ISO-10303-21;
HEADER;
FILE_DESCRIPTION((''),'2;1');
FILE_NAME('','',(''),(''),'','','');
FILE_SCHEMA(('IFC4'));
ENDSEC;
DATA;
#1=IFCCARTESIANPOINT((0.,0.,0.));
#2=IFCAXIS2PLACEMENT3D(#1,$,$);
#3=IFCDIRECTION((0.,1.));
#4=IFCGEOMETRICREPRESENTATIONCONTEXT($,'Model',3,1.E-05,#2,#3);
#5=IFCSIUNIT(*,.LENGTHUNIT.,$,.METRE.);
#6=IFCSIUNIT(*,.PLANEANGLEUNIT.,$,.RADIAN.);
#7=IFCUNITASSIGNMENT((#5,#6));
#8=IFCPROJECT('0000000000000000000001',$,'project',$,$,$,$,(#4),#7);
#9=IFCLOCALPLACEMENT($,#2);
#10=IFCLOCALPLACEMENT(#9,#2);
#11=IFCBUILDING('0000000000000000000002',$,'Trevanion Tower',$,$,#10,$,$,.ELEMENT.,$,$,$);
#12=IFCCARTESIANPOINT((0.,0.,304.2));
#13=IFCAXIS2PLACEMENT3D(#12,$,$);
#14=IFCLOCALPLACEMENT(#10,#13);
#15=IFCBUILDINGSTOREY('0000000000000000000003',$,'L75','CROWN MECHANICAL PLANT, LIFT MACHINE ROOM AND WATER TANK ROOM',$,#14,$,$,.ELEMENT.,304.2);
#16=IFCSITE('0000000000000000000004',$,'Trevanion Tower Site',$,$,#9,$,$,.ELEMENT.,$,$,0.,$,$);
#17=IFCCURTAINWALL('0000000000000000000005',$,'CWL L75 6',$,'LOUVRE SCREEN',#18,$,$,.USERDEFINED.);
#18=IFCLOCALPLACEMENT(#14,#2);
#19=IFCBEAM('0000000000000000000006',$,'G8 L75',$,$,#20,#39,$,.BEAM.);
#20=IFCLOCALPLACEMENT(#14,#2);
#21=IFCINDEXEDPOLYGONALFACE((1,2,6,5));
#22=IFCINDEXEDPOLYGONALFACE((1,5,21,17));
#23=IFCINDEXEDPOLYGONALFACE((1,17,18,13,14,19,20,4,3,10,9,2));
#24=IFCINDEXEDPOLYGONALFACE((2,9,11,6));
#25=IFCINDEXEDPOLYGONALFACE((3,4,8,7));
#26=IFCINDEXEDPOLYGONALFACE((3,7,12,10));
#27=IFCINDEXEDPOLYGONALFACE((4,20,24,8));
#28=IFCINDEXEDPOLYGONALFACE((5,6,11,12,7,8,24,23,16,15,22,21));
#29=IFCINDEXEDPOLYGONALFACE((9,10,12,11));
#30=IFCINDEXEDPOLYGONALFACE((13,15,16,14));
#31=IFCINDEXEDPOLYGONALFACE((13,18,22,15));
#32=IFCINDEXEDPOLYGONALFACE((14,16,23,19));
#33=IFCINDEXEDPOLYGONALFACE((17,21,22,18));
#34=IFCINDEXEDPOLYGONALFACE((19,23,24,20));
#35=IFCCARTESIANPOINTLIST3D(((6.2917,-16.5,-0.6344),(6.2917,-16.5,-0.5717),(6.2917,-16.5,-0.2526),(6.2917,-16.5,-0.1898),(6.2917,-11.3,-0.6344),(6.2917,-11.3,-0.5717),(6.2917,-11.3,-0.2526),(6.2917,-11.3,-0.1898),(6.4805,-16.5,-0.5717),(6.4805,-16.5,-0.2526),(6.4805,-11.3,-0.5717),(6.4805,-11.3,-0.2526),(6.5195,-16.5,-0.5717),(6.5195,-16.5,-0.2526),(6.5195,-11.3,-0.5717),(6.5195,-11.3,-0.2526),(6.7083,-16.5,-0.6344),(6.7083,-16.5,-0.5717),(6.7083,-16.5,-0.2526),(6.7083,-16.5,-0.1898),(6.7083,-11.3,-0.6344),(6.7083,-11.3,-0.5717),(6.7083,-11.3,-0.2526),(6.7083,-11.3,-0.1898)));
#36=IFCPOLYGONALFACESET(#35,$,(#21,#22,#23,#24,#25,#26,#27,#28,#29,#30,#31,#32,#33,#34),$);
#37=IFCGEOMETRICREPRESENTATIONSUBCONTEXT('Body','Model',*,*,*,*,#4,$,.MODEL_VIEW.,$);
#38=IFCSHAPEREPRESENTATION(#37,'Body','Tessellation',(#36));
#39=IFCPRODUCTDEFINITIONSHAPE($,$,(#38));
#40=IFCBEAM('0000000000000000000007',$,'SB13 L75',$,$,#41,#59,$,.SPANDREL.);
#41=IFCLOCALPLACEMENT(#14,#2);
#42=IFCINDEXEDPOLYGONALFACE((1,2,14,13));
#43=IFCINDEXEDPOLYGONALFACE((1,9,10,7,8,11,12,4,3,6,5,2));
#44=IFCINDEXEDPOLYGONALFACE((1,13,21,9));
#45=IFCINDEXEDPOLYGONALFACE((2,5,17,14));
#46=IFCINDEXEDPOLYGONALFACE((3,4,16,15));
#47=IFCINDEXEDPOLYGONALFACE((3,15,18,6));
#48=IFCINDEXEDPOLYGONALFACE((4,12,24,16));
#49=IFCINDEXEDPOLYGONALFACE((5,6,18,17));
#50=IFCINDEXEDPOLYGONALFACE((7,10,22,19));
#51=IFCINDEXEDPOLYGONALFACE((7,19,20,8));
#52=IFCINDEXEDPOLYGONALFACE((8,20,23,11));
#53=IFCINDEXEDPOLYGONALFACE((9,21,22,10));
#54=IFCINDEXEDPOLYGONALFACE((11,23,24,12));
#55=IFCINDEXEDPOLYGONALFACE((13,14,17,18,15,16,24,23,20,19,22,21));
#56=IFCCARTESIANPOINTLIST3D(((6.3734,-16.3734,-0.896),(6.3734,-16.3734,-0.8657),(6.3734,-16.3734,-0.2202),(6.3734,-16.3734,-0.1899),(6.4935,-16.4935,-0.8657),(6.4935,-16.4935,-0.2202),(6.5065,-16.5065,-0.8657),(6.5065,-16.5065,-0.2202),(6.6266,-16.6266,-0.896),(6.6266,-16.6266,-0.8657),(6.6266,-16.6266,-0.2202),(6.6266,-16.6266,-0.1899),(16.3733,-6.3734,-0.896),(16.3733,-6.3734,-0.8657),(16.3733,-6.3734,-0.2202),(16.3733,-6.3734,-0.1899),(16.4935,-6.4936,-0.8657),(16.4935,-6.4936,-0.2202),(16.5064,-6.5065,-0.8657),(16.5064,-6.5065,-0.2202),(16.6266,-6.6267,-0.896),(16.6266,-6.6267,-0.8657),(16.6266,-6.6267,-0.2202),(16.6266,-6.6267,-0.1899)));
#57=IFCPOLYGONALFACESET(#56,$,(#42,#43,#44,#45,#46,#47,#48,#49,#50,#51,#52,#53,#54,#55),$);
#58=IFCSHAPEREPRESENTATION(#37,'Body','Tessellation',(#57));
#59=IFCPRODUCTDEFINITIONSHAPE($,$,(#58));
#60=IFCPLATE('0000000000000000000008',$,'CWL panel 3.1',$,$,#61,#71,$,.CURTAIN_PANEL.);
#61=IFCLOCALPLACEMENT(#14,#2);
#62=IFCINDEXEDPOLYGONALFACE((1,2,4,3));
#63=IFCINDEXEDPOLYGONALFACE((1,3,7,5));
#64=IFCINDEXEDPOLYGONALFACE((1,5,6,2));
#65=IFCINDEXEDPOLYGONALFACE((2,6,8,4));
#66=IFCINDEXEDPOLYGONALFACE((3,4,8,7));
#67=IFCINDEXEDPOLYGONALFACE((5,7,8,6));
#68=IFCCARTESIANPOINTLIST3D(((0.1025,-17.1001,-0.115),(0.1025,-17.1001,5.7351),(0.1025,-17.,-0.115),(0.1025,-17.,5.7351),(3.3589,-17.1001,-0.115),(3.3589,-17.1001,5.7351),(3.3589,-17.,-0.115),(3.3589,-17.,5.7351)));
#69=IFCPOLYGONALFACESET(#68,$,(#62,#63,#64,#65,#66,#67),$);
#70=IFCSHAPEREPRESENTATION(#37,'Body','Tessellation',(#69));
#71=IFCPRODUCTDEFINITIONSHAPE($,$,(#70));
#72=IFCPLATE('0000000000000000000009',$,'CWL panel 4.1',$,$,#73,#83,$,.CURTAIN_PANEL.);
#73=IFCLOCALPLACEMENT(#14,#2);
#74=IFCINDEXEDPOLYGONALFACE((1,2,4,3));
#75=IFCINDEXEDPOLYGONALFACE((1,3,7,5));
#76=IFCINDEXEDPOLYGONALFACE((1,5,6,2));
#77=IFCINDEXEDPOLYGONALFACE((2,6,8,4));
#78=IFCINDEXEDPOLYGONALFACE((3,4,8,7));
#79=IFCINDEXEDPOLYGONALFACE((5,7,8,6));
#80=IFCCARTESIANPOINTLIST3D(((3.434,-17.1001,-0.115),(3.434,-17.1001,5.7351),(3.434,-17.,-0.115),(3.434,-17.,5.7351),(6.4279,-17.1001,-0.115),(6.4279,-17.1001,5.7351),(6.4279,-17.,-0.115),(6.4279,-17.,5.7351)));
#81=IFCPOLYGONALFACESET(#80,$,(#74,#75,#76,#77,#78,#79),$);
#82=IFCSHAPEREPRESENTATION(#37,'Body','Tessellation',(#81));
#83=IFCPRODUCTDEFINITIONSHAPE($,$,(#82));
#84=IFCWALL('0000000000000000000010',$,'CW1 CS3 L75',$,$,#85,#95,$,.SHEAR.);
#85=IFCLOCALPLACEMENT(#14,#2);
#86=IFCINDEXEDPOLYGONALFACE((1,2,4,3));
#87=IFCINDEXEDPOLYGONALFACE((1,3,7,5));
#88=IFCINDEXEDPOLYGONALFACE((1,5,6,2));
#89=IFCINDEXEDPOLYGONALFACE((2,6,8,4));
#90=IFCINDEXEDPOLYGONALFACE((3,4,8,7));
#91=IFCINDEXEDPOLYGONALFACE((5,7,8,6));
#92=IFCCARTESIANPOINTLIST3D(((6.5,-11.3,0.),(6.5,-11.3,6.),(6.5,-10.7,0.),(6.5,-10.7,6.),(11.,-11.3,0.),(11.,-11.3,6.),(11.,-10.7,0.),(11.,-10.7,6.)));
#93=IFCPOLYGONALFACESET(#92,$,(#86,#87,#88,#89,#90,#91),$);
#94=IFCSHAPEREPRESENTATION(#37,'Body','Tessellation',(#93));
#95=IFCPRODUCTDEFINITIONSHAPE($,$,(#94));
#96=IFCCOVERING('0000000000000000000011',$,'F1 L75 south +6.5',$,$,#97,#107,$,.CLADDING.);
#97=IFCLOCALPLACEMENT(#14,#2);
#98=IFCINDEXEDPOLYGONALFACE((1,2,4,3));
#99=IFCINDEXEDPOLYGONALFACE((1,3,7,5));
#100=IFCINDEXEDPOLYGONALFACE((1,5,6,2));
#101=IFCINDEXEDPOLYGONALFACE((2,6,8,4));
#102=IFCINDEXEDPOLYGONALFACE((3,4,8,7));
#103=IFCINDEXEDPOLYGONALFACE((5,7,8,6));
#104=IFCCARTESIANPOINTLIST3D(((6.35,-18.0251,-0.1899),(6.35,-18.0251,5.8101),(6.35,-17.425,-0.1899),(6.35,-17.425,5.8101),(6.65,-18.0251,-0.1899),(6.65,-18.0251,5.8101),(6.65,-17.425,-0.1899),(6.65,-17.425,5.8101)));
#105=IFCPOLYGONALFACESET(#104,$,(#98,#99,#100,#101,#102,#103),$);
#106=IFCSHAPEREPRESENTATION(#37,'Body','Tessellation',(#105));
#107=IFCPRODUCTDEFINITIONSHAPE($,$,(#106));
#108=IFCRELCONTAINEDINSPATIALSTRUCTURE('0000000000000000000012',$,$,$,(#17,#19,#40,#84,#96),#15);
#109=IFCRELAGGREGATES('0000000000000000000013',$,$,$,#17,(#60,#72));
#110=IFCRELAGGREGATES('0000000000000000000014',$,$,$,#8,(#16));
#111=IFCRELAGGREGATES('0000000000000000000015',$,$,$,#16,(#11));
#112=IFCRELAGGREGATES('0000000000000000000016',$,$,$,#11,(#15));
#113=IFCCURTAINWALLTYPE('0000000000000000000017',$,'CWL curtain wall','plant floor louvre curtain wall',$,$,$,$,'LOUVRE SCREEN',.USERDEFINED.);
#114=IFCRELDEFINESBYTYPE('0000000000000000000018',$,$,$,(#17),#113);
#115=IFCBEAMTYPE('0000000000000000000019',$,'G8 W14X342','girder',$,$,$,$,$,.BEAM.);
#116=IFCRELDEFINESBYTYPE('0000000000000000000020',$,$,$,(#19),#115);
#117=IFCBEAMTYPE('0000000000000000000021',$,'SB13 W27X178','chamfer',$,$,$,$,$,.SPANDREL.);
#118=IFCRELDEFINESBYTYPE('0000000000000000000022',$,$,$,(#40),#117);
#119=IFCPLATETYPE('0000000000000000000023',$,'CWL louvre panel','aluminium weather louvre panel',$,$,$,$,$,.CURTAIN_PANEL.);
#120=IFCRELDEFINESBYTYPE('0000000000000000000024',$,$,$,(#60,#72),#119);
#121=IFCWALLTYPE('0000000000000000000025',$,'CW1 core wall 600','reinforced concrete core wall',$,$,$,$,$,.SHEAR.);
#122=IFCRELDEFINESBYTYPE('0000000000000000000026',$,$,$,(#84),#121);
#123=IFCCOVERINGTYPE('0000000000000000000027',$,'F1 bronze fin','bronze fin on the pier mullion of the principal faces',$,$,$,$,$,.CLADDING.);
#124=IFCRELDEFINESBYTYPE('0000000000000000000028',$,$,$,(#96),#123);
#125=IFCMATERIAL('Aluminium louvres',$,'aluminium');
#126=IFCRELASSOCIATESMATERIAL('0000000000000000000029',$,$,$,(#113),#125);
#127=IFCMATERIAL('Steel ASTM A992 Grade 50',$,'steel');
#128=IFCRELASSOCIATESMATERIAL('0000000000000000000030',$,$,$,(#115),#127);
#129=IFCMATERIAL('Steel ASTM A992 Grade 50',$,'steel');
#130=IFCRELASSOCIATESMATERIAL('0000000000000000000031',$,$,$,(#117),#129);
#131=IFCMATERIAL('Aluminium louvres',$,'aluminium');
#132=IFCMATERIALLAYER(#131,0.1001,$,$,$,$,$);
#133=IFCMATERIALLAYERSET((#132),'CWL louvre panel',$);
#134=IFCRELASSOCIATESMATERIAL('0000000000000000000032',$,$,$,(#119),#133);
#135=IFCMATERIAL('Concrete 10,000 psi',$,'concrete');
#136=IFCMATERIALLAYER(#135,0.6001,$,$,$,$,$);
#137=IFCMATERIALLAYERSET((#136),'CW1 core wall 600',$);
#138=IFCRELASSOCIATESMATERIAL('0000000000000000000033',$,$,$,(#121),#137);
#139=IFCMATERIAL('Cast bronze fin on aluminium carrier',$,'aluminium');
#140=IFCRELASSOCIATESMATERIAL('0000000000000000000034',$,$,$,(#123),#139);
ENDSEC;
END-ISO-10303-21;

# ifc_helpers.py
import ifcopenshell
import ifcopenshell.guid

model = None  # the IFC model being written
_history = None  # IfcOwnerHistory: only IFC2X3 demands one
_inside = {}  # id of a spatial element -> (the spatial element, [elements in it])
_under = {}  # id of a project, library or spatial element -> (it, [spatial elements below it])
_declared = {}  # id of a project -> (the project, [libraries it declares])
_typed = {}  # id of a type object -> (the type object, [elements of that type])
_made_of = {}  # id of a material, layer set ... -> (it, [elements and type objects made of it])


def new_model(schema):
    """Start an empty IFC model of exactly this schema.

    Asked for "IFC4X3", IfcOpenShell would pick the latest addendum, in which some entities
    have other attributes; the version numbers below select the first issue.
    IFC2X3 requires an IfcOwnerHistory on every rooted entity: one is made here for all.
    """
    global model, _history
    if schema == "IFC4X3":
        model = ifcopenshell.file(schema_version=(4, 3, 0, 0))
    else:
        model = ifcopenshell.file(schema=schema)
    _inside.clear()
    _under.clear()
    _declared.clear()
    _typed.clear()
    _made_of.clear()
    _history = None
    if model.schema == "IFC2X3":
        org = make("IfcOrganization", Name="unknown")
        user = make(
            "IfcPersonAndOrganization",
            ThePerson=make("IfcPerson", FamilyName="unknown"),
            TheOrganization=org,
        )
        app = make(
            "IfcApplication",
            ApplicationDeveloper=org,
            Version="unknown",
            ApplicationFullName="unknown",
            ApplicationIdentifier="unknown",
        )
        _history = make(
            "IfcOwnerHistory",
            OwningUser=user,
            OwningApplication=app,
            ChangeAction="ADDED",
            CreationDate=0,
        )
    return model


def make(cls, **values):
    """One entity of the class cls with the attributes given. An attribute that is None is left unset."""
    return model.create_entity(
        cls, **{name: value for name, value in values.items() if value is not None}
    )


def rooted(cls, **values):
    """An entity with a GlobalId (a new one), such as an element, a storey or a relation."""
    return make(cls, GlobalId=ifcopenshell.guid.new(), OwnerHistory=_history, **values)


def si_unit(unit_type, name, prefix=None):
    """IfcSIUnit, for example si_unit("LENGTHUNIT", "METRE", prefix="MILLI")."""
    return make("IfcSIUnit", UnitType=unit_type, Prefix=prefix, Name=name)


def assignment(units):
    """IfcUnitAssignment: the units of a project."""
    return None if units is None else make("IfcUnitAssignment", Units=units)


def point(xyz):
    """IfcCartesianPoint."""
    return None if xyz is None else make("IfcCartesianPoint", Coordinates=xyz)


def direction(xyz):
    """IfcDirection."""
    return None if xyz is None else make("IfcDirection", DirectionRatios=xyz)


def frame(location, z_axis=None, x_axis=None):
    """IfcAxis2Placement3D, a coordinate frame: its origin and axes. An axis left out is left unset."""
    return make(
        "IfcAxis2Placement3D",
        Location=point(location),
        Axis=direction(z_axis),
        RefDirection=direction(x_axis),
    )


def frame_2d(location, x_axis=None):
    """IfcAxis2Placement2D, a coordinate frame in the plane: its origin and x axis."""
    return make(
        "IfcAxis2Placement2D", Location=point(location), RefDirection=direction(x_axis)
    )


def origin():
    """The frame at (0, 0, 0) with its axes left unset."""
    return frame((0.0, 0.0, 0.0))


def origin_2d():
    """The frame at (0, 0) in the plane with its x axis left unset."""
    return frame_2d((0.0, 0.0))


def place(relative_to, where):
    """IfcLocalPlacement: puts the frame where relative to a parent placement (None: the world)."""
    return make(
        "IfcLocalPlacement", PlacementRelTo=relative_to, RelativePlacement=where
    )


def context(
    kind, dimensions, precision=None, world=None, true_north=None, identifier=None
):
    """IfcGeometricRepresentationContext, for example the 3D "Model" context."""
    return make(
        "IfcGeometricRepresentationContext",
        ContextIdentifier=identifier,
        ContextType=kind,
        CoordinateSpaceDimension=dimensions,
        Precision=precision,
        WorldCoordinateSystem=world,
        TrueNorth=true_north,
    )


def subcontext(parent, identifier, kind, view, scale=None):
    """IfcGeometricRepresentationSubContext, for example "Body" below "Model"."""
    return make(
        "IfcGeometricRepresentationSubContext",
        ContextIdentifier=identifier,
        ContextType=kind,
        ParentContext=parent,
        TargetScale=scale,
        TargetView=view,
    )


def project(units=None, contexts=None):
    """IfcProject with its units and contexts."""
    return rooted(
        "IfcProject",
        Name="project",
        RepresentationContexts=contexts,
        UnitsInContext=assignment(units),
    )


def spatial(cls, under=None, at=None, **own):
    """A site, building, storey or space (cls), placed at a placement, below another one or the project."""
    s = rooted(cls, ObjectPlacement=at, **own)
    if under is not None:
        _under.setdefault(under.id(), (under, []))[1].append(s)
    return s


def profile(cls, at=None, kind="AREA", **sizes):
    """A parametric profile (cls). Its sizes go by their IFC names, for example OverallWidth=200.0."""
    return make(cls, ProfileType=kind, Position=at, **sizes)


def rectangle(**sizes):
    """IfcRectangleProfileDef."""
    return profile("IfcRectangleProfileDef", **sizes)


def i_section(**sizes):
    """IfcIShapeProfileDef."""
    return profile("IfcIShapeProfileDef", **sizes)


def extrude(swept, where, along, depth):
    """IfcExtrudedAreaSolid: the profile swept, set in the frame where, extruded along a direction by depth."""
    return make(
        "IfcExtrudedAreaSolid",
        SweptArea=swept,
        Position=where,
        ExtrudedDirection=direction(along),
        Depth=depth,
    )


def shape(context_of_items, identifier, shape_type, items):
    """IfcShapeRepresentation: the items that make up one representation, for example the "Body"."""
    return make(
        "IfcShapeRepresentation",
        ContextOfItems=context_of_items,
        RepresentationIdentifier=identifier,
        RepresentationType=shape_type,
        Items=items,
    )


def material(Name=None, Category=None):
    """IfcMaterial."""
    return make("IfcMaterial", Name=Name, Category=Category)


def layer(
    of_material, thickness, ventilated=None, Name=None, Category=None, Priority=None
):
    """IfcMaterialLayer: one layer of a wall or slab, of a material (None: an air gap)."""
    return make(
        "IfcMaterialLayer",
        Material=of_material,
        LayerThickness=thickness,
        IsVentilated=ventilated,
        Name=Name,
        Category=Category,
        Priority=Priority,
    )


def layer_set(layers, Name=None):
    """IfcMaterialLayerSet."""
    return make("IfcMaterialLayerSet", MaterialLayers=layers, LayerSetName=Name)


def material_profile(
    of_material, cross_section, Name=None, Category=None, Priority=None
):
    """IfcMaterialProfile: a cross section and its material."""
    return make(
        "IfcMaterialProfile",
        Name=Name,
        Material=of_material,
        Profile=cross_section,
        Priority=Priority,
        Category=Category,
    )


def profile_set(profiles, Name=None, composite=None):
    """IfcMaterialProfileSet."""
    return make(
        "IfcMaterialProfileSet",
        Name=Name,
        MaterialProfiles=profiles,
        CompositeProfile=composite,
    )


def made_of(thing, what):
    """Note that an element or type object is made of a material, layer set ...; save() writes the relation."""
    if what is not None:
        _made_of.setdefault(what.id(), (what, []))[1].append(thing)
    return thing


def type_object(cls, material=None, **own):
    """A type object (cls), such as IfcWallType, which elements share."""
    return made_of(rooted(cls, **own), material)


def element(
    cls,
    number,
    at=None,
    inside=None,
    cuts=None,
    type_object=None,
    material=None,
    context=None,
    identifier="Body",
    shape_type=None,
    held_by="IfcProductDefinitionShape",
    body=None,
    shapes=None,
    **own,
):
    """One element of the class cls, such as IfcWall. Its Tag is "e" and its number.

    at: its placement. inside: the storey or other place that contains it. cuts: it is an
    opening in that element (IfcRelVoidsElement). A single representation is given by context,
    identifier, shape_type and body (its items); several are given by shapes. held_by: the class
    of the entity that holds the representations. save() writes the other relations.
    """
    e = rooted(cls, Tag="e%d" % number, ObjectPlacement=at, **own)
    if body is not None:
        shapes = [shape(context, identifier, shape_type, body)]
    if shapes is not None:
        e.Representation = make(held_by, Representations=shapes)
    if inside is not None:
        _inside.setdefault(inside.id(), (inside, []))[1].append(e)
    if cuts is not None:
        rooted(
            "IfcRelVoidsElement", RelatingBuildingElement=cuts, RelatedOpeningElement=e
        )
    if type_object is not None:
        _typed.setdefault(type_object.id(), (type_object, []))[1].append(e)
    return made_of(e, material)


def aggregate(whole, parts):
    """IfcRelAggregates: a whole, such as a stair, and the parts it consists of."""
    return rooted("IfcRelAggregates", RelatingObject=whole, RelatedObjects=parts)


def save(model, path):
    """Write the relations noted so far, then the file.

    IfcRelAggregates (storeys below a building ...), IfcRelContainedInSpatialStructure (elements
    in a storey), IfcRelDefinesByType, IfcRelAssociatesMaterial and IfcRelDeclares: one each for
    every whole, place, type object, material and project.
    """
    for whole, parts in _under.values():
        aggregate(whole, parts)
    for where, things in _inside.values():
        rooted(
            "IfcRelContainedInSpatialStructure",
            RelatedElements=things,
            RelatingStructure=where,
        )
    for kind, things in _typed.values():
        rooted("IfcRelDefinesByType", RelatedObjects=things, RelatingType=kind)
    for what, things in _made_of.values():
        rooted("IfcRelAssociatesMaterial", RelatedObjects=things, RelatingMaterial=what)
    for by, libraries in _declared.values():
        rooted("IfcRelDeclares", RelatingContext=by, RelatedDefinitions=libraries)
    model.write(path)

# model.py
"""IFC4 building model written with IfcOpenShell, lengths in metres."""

from ifc_helpers import new_model, si_unit, direction, frame, frame_2d, origin, origin_2d, place, context, subcontext, project, spatial, rectangle, i_section, extrude, material, layer, layer_set, material_profile, profile_set, type_object, element, aggregate, save


model = new_model("IFC4")

# Units and contexts
model_context = context("Model", 3, precision=1e-05, world=origin(), true_north=direction((0.0, 1.0)))
body_context = subcontext(model_context, "Body", "Model", "MODEL_VIEW")
ifc_project = project(units=[si_unit("LENGTHUNIT", "METRE"), si_unit("PLANEANGLEUNIT", "RADIAN")], contexts=[model_context])

# Site, building, storey
site_placement = place(None, origin())
site = spatial("IfcSite", under=ifc_project, at=site_placement, Name="Trevanion Tower Site", CompositionType="ELEMENT", RefElevation=0.0)
building_placement = place(site_placement, origin())
building = spatial("IfcBuilding", under=site, at=building_placement, Name="Trevanion Tower", CompositionType="ELEMENT")
storey_placement = place(building_placement, frame((0.0, 0.0, 304.2)))
storey = spatial("IfcBuildingStorey", under=building, at=storey_placement, Name="L75", Description="CROWN MECHANICAL PLANT, LIFT MACHINE ROOM AND WATER TANK ROOM", CompositionType="ELEMENT", Elevation=304.2)

# Curtain wall
ifc_material_1 = material(Name="Aluminium louvres", Category="aluminium")
curtain_wall_type = type_object("IfcCurtainWallType", Name="CWL curtain wall", Description="plant floor louvre curtain wall", ElementType="LOUVRE SCREEN", PredefinedType="USERDEFINED", material=ifc_material_1)
curtain_wall_1_placement = place(storey_placement, origin())
curtain_wall_1 = element("IfcCurtainWall", 1, at=curtain_wall_1_placement, inside=storey, type_object=curtain_wall_type, Name="CWL L75 6", ObjectType="LOUVRE SCREEN", PredefinedType="USERDEFINED")

# Beams
ifc_material_2 = material(Name="Steel ASTM A992 Grade 50", Category="steel")
ifc_material_profile_1 = material_profile(ifc_material_2, i_section(OverallWidth=0.4165, OverallDepth=0.4446, WebThickness=0.0391, FlangeThickness=0.0627, at=origin_2d()), Name="W14X342")
ifc_profile_set_1 = profile_set([ifc_material_profile_1], Name="Steel ASTM A992 Grade 50")
beam_type_1 = type_object("IfcBeamType", Name="G8 W14X342", Description="girder", PredefinedType="BEAM", material=ifc_profile_set_1)
beam_1_placement = place(storey_placement, frame((6.5, -11.3, -0.4121), z_axis=(0.0, -1.0, 0.0), x_axis=(1.0, 0.0, 0.0)))
element("IfcBeam", 2, at=beam_1_placement, inside=storey, type_object=beam_type_1, Name="G8 L75", PredefinedType="BEAM", context=body_context, shape_type="SweptSolid", body=[
    extrude(i_section(OverallWidth=0.4165, OverallDepth=0.4446, WebThickness=0.0391, FlangeThickness=0.0627, at=origin_2d()), origin(), (0.0, 0.0, 1.0), 5.2),
])
ifc_material_3 = material(Name="Steel ASTM A992 Grade 50", Category="steel")
ifc_material_profile_2 = material_profile(ifc_material_3, i_section(OverallWidth=0.3582, OverallDepth=0.7061, WebThickness=0.0183, FlangeThickness=0.0303, at=origin_2d()), Name="W27X178")
ifc_profile_set_2 = profile_set([ifc_material_profile_2], Name="Steel ASTM A992 Grade 50")
beam_type_2 = type_object("IfcBeamType", Name="SB13 W27X178", Description="chamfer", PredefinedType="SPANDREL", material=ifc_profile_set_2)
beam_2_placement = place(storey_placement, frame((6.5, -16.5, -0.543), z_axis=(0.707107, 0.707107, 0.0), x_axis=(-0.707107, 0.707107, 0.0)))
element("IfcBeam", 3, at=beam_2_placement, inside=storey, type_object=beam_type_2, Name="SB13 L75", PredefinedType="SPANDREL", context=body_context, shape_type="SweptSolid", body=[
    extrude(i_section(OverallWidth=0.3582, OverallDepth=0.7061, WebThickness=0.0183, FlangeThickness=0.0303, at=origin_2d()), origin(), (0.0, 0.0, 1.0), 14.1421),
])

# Plates
ifc_material_4 = material(Name="Aluminium louvres", Category="aluminium")
ifc_layer_1 = layer(ifc_material_4, 0.1001)
ifc_layer_set_1 = layer_set([ifc_layer_1], Name="CWL louvre panel")
plate_type = type_object("IfcPlateType", Name="CWL louvre panel", Description="aluminium weather louvre panel", PredefinedType="CURTAIN_PANEL", material=ifc_layer_set_1)
plate_1_placement = place(storey_placement, frame((1.7307, -17.05, -0.115), z_axis=(0.0, 0.0, 1.0), x_axis=(1.0, 0.0, 0.0)))
plate_1 = element("IfcPlate", 4, at=plate_1_placement, type_object=plate_type, Name="CWL panel 3.1", PredefinedType="CURTAIN_PANEL", context=body_context, shape_type="SweptSolid", body=[
    extrude(rectangle(XDim=3.2563, YDim=0.1001, at=origin_2d()), origin(), (0.0, 0.0, 1.0), 5.8501),
])
plate_2_placement = place(storey_placement, frame((4.9309, -17.05, -0.115), z_axis=(0.0, 0.0, 1.0), x_axis=(1.0, 0.0, 0.0)))
plate_2 = element("IfcPlate", 5, at=plate_2_placement, type_object=plate_type, Name="CWL panel 4.1", PredefinedType="CURTAIN_PANEL", context=body_context, shape_type="SweptSolid", body=[
    extrude(rectangle(XDim=2.9939, YDim=0.1001, at=origin_2d()), origin(), (0.0, 0.0, 1.0), 5.8501),
])
aggregate(curtain_wall_1, [plate_1, plate_2])

# Wall
ifc_material_5 = material(Name="Concrete 10,000 psi", Category="concrete")
ifc_layer_2 = layer(ifc_material_5, 0.6001)
ifc_layer_set_2 = layer_set([ifc_layer_2], Name="CW1 core wall 600")
wall_type = type_object("IfcWallType", Name="CW1 core wall 600", Description="reinforced concrete core wall", PredefinedType="SHEAR", material=ifc_layer_set_2)
wall_placement = place(storey_placement, frame((6.5, -11.0, 0.0), z_axis=(0.0, 0.0, 1.0), x_axis=(1.0, 0.0, 0.0)))
element("IfcWall", 6, at=wall_placement, inside=storey, type_object=wall_type, Name="CW1 CS3 L75", PredefinedType="SHEAR", context=body_context, shape_type="SweptSolid", body=[
    extrude(rectangle(XDim=4.5, YDim=0.6001, at=frame_2d((2.25, 0.0))), origin(), (0.0, 0.0, 1.0), 6.0),
])

# Covering
ifc_material_6 = material(Name="Cast bronze fin on aluminium carrier", Category="aluminium")
covering_type = type_object("IfcCoveringType", Name="F1 bronze fin", Description="bronze fin on the pier mullion of the principal faces", PredefinedType="CLADDING", material=ifc_material_6)
covering_placement = place(storey_placement, frame((6.5, -17.7251, -0.1899), z_axis=(0.0, 0.0, 1.0), x_axis=(1.0, 0.0, 0.0)))
element("IfcCovering", 7, at=covering_placement, inside=storey, type_object=covering_type, Name="F1 L75 south +6.5", PredefinedType="CLADDING", context=body_context, shape_type="SweptSolid", body=[
    extrude(rectangle(XDim=0.3, YDim=0.6001, at=origin_2d()), origin(), (0.0, 0.0, 1.0), 6.0),
])

save(model, "model.ifc")
